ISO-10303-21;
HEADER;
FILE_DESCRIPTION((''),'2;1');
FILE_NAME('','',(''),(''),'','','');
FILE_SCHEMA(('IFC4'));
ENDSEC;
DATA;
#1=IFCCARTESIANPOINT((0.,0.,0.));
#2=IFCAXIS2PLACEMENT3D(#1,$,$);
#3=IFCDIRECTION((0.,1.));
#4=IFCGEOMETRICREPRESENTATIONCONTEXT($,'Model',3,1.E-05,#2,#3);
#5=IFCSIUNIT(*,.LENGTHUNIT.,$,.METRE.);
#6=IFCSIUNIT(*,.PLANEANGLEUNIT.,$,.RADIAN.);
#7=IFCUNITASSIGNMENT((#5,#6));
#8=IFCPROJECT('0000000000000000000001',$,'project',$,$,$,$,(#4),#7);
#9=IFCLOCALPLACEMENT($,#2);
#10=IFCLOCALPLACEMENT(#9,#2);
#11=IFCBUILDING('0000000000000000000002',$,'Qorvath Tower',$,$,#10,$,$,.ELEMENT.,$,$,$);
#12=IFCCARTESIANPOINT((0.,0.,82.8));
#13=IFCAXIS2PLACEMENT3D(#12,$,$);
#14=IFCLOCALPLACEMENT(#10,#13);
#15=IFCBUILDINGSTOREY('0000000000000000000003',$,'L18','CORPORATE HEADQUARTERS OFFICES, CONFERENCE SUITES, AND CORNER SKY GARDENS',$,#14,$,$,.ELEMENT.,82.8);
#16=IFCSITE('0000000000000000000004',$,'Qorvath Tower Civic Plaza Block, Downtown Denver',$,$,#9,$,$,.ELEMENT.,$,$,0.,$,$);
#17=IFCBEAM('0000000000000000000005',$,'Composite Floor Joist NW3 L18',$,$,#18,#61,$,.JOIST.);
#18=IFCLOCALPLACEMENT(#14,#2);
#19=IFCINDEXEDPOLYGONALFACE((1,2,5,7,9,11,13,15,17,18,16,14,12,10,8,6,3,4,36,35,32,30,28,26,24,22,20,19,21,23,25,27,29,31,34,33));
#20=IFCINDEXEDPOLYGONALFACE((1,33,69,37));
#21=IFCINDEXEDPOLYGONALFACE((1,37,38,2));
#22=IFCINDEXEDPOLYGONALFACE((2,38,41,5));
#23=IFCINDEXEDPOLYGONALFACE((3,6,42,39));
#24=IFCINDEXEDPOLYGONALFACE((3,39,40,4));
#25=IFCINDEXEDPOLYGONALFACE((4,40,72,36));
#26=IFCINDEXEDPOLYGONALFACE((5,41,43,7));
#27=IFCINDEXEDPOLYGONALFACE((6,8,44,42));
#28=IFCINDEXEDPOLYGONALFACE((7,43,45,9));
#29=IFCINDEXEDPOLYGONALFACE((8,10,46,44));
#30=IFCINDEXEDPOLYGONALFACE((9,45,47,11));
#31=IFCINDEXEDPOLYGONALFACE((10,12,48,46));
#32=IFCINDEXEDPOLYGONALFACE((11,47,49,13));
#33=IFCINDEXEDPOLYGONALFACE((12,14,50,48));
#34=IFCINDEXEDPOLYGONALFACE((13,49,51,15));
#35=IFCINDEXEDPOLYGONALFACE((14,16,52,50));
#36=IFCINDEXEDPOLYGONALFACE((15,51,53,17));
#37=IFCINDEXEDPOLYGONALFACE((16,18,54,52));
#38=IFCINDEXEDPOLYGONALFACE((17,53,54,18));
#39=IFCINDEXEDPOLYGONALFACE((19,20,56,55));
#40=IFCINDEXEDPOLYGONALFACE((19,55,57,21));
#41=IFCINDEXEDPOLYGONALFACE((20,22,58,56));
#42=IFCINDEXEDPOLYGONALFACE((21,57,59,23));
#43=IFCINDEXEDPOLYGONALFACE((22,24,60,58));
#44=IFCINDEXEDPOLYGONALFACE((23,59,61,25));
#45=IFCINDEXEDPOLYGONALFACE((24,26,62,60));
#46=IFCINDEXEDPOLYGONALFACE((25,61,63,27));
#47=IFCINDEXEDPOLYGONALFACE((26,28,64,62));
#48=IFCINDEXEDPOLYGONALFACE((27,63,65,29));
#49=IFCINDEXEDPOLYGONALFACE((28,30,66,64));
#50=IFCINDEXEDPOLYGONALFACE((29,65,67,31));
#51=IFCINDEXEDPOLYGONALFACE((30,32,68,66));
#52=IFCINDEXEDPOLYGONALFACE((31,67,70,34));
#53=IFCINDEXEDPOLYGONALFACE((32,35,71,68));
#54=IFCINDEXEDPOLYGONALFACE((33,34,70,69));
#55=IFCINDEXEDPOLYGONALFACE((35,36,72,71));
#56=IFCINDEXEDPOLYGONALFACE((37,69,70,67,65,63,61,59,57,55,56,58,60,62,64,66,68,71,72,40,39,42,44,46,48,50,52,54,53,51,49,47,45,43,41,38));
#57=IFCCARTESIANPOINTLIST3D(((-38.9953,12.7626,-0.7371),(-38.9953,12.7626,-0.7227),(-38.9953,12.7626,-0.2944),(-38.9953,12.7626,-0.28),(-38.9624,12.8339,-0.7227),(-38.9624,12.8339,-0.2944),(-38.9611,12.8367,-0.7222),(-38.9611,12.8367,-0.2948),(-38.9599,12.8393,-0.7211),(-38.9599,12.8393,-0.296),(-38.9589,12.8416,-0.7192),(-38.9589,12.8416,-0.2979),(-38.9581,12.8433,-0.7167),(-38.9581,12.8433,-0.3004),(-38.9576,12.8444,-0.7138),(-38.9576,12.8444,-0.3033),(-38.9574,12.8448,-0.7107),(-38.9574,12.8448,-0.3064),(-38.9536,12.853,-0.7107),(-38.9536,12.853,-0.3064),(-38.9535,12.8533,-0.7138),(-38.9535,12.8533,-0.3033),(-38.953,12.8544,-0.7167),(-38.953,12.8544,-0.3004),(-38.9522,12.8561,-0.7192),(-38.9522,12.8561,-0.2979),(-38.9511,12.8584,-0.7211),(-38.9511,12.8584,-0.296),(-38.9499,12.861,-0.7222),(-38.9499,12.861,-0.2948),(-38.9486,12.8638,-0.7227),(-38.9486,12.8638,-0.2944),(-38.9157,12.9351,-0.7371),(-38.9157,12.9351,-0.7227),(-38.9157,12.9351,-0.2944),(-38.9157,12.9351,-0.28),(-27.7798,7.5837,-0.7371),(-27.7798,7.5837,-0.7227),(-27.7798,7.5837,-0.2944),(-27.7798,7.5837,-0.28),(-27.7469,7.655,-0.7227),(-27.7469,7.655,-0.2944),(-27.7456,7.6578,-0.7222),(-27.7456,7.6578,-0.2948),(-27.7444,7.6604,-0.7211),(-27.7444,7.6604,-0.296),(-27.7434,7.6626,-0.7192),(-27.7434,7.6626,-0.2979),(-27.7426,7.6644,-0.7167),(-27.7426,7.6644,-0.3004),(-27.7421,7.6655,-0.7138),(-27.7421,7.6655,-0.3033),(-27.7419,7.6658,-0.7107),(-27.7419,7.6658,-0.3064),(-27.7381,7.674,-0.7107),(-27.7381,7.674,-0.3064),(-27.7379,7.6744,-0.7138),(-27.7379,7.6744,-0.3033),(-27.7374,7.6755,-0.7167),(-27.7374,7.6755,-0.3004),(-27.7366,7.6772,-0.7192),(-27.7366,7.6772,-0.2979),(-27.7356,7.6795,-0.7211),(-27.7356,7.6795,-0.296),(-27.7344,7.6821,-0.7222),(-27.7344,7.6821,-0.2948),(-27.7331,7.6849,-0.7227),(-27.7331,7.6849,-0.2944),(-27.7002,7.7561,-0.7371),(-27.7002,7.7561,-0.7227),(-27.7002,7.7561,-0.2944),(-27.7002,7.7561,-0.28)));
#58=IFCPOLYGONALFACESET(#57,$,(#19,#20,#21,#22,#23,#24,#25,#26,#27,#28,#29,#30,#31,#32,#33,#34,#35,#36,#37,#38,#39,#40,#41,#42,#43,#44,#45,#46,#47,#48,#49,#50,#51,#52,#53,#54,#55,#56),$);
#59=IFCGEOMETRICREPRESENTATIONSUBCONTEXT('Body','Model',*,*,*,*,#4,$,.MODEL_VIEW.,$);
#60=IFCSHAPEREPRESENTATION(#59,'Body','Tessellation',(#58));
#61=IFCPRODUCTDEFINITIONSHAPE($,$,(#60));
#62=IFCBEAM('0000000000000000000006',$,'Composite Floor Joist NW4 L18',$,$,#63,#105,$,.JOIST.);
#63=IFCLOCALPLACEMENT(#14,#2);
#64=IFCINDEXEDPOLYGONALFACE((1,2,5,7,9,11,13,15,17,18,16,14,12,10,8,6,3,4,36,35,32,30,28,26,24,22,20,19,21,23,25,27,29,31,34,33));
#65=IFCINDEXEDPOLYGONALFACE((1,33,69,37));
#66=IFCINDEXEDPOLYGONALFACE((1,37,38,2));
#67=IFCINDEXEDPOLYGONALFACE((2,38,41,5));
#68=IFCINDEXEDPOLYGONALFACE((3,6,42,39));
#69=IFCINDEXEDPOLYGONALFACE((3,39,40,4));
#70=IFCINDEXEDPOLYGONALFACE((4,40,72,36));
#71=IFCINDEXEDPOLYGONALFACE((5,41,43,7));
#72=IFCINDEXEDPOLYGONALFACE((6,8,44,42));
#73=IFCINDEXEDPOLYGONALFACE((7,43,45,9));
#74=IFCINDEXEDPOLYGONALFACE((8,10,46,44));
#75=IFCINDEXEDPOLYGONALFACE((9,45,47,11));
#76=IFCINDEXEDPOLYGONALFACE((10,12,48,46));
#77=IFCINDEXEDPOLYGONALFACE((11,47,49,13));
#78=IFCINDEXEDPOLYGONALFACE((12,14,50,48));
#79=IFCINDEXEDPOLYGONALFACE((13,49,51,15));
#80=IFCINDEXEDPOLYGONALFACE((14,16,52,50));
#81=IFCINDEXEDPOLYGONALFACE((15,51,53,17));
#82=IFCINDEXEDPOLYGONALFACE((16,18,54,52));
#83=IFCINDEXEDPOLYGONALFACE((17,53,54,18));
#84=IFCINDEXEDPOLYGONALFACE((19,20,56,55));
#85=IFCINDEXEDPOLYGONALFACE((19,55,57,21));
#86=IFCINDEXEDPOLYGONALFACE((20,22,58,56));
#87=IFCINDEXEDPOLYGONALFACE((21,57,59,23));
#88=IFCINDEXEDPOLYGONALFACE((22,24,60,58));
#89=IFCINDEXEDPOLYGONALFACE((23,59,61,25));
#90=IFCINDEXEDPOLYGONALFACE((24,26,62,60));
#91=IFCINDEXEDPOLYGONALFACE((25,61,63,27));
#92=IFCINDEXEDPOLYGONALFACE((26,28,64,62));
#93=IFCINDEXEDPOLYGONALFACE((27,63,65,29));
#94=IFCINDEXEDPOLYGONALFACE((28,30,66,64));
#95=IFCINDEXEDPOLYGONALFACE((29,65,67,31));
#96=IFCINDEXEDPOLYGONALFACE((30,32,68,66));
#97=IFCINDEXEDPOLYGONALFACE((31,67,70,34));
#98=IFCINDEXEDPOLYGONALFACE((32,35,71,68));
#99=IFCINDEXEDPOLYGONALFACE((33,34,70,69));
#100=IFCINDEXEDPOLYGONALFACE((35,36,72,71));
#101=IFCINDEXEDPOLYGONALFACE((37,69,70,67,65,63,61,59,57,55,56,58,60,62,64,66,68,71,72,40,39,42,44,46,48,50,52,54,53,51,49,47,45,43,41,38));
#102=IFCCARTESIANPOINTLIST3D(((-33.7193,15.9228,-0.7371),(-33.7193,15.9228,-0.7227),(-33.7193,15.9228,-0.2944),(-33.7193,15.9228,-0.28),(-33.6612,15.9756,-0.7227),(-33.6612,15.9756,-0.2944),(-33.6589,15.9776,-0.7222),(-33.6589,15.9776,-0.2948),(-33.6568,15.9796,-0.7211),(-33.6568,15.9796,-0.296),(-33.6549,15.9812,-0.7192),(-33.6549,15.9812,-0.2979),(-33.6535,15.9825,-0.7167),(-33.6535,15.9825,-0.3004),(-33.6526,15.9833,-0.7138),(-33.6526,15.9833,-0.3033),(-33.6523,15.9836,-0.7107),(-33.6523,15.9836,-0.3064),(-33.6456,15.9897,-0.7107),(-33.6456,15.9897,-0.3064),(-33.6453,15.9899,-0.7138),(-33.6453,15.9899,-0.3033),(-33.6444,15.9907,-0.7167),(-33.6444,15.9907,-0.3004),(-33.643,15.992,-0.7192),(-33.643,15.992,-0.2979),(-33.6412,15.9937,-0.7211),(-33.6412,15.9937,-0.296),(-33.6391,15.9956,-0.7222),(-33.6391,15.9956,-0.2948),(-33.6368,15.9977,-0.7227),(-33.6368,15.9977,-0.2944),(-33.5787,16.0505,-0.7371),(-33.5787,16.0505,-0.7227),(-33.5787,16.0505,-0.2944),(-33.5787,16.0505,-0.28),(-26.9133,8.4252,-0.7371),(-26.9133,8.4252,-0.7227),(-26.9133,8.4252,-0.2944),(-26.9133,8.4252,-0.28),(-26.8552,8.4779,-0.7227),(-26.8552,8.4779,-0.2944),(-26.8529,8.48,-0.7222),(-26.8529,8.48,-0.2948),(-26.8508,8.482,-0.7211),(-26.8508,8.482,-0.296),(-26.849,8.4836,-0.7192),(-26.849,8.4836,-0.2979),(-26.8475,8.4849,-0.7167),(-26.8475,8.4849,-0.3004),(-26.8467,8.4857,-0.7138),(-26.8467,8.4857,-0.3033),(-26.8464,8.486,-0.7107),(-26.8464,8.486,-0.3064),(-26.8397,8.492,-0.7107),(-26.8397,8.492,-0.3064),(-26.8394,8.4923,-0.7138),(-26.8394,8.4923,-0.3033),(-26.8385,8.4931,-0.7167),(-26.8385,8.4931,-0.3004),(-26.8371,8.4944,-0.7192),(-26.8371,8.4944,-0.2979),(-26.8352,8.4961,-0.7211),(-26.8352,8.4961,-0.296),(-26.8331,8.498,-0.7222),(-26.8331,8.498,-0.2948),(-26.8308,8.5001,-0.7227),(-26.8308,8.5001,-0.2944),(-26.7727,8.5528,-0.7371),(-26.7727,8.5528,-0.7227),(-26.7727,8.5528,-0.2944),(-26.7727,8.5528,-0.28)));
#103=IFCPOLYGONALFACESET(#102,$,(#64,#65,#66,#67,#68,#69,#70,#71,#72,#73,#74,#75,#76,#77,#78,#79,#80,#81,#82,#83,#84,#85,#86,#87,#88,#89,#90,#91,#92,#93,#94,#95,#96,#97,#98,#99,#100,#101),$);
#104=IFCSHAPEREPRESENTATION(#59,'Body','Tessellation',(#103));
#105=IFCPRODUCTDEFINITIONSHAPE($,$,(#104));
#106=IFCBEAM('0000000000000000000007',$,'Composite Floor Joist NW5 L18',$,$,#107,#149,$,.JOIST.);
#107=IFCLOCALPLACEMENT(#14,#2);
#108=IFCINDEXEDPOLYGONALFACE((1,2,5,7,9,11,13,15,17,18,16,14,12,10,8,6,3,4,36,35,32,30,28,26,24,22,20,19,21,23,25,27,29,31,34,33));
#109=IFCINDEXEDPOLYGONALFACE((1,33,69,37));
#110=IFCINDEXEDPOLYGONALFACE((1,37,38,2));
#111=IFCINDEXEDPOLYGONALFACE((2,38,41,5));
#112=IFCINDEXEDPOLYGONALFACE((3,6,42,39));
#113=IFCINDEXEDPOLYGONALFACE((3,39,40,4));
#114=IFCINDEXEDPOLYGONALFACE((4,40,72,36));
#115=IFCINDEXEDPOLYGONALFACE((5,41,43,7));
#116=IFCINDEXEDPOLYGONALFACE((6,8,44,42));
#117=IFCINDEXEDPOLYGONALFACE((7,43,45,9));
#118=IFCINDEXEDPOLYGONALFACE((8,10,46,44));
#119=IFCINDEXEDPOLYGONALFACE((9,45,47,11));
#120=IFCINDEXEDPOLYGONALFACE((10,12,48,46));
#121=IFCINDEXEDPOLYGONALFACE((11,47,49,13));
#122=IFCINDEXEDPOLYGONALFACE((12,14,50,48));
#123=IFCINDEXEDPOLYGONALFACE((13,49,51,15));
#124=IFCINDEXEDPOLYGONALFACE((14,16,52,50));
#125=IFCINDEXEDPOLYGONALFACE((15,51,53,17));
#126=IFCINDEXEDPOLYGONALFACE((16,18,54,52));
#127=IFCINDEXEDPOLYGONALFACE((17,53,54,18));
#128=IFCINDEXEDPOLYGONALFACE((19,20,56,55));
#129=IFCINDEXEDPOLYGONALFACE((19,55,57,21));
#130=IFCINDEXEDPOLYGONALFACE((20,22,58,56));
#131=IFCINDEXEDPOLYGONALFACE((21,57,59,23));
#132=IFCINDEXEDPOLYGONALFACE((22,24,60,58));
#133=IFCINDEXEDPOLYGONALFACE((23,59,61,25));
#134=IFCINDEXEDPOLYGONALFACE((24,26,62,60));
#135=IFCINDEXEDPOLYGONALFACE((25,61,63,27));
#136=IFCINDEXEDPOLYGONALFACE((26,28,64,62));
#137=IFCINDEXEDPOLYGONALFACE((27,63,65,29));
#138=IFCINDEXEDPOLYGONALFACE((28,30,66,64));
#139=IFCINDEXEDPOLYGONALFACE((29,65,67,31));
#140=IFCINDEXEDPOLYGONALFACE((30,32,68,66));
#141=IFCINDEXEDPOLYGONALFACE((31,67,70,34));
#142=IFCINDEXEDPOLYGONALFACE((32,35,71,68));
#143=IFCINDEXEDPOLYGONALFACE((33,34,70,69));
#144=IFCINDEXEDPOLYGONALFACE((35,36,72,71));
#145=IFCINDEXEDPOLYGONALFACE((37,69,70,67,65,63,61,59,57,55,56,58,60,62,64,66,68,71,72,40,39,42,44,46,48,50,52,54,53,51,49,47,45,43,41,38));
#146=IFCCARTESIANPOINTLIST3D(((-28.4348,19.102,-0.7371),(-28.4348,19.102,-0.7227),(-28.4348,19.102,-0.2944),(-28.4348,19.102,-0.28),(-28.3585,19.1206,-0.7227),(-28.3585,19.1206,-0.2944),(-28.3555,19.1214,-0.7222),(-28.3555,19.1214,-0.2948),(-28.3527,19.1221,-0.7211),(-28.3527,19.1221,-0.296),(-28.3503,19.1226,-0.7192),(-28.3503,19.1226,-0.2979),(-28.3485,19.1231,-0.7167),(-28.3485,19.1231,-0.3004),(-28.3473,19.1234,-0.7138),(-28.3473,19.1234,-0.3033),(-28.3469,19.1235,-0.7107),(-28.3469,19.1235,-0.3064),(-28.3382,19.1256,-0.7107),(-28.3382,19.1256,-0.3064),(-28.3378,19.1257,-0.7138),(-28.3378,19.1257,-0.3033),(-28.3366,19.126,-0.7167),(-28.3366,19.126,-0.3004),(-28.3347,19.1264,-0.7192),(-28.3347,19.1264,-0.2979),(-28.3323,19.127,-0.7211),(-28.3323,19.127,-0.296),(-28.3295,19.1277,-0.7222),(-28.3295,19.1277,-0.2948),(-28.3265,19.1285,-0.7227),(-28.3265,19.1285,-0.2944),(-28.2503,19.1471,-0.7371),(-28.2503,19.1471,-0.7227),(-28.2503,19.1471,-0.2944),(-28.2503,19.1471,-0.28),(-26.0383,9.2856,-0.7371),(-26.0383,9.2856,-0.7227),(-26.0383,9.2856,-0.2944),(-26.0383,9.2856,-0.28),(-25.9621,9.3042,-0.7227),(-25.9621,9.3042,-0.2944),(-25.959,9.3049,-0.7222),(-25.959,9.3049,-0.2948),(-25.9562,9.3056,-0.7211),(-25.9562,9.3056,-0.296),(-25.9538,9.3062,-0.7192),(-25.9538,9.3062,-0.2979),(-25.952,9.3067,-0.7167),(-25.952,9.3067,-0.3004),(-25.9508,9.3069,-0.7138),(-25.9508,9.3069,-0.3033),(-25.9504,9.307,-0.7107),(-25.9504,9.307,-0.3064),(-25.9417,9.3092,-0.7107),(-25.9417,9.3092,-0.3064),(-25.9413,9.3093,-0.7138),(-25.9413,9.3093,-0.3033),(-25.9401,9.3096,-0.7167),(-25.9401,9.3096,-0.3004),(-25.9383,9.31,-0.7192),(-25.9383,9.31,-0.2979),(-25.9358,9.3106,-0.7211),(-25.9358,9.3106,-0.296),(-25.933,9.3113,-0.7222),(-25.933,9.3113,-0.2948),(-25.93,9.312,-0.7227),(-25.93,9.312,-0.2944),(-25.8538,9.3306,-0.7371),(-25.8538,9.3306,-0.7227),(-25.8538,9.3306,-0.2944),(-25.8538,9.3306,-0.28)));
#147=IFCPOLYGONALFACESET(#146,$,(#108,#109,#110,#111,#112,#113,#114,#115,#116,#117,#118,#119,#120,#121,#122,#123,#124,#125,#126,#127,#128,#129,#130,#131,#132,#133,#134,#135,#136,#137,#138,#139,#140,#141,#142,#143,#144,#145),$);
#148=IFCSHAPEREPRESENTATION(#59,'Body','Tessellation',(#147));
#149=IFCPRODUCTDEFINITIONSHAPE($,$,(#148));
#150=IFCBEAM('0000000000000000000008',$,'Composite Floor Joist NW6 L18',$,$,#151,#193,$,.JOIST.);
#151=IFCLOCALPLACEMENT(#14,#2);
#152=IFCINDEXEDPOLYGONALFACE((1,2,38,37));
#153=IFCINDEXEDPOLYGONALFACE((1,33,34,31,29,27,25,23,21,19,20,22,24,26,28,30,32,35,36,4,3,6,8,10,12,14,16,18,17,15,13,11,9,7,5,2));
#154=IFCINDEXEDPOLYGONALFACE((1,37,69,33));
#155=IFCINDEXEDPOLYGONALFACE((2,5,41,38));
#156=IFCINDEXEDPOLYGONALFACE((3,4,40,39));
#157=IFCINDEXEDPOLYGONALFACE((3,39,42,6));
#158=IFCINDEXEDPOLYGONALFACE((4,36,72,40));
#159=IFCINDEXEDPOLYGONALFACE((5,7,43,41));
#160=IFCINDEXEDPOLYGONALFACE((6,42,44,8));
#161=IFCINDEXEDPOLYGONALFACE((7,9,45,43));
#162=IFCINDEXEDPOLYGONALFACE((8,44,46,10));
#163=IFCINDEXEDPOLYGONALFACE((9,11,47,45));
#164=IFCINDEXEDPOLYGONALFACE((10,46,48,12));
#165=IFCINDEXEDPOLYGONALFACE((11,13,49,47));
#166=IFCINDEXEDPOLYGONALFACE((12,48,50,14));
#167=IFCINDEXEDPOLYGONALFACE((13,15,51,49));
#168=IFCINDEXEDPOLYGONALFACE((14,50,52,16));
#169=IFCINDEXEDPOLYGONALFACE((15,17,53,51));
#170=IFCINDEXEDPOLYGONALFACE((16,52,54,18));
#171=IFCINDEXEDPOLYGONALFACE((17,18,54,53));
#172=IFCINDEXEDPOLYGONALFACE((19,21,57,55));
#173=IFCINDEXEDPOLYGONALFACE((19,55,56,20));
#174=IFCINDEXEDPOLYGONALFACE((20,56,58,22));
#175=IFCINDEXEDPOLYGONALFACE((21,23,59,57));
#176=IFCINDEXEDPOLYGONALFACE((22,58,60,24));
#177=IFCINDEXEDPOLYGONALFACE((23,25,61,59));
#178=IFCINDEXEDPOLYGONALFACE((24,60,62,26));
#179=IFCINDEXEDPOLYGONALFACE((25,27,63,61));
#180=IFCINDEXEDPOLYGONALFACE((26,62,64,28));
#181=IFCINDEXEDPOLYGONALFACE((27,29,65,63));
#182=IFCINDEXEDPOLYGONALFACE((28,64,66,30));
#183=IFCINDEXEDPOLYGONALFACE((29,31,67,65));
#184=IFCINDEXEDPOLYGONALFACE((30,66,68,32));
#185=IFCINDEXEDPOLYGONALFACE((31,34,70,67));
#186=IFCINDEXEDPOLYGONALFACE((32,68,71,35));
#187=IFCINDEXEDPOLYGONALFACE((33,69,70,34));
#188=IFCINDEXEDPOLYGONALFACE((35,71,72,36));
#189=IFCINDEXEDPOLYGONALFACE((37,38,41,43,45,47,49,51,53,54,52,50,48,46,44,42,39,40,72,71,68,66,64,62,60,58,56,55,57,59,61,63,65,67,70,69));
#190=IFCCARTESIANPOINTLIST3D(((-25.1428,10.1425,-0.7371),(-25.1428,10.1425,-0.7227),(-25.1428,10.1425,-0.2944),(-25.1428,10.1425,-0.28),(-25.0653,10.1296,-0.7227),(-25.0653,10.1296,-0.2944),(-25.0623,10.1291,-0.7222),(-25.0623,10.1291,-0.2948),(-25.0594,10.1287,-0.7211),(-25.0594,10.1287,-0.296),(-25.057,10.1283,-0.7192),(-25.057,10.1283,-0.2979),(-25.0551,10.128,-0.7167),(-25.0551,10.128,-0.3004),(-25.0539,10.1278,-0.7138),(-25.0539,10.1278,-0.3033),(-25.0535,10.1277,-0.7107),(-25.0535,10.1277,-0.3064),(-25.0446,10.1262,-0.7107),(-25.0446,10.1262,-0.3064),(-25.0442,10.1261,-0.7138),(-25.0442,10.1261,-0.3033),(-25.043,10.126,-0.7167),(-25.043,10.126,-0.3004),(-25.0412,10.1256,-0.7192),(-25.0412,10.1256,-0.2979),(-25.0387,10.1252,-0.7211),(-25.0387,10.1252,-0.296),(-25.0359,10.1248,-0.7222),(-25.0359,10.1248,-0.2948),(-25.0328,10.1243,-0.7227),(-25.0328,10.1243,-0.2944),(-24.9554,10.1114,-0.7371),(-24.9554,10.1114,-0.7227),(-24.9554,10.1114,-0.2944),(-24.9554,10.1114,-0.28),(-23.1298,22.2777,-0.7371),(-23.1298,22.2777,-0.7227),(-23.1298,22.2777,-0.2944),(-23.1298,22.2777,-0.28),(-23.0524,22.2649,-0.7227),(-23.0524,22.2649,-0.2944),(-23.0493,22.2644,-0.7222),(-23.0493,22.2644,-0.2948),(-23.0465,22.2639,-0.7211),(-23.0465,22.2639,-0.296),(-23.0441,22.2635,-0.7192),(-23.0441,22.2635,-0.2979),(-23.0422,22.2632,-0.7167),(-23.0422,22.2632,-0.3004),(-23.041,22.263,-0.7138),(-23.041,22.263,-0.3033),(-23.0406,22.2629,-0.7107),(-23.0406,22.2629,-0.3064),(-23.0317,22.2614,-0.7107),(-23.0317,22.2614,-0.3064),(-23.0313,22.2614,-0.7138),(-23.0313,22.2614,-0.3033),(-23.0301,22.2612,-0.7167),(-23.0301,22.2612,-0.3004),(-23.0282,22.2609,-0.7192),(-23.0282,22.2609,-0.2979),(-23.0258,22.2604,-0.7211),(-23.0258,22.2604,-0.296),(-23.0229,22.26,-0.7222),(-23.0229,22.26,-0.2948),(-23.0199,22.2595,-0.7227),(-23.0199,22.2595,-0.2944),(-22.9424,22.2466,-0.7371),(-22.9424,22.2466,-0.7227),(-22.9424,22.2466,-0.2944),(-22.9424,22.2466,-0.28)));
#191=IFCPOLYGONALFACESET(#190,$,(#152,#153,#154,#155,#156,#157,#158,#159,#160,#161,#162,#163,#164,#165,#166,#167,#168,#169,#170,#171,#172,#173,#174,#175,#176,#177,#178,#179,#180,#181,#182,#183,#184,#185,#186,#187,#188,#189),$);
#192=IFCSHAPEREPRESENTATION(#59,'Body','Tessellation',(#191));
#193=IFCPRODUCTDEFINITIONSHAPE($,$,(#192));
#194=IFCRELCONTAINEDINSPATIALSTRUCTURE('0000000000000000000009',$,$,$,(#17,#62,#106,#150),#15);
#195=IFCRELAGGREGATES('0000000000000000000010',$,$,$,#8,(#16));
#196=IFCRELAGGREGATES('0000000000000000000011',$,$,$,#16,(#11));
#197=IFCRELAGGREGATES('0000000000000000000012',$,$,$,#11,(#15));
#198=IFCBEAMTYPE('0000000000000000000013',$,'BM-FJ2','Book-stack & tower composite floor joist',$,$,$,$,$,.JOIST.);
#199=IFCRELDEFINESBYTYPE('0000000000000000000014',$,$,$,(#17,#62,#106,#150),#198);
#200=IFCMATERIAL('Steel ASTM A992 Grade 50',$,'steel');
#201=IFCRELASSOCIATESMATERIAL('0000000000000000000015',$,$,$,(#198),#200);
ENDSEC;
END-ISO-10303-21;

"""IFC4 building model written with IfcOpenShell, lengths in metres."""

from ifc_helpers import new_model, si_unit, direction, frame, origin, origin_2d, place, context, subcontext, project, spatial, i_section, extrude, material, material_profile, profile_set, type_object, element, save


model = new_model("IFC4")

# Units and contexts
model_context = context("Model", 3, precision=1e-05, world=origin(), true_north=direction((0.0, 1.0)))
body_context = subcontext(model_context, "Body", "Model", "MODEL_VIEW")
ifc_project = project(units=[si_unit("LENGTHUNIT", "METRE"), si_unit("PLANEANGLEUNIT", "RADIAN")], contexts=[model_context])

# Site, building, storey
site_placement = place(None, origin())
site = spatial("IfcSite", under=ifc_project, at=site_placement, Name="Qorvath Tower Civic Plaza Block, Downtown Denver", CompositionType="ELEMENT", RefElevation=0.0)
building_placement = place(site_placement, origin())
building = spatial("IfcBuilding", under=site, at=building_placement, Name="Qorvath Tower", CompositionType="ELEMENT")
storey_placement = place(building_placement, frame((0.0, 0.0, 82.8)))
storey = spatial("IfcBuildingStorey", under=building, at=storey_placement, Name="L18", Description="CORPORATE HEADQUARTERS OFFICES, CONFERENCE SUITES, AND CORNER SKY GARDENS", CompositionType="ELEMENT", Elevation=82.8)

# Beams
ifc_material_1 = material(Name="Steel ASTM A992 Grade 50", Category="steel")
ifc_material_profile_1 = material_profile(ifc_material_1, i_section(OverallWidth=0.1899, OverallDepth=0.457, WebThickness=0.009, FlangeThickness=0.0144, FilletRadius=0.012, at=origin_2d()), Name="W18x50")
ifc_profile_set_1 = profile_set([ifc_material_profile_1], Name="Steel ASTM A992 Grade 50")
beam_type_1 = type_object("IfcBeamType", Name="BM-FJ2", Description="Book-stack & tower composite floor joist", PredefinedType="JOIST", material=ifc_profile_set_1)
beam_1_placement = place(storey_placement, frame((-27.74, 7.6699, -0.5085), z_axis=(-0.907881, 0.419227, 0.0), x_axis=(-0.419227, -0.907881, 0.0)))
element("IfcBeam", 1, at=beam_1_placement, inside=storey, type_object=beam_type_1, Name="Composite Floor Joist NW3 L18", PredefinedType="JOIST", context=body_context, shape_type="SweptSolid", body=[
    extrude(i_section(OverallWidth=0.1899, OverallDepth=0.457, WebThickness=0.009, FlangeThickness=0.0144, FilletRadius=0.012, at=origin_2d()), origin(), (0.0, 0.0, 1.0), 12.3535),
])
beam_2_placement = place(storey_placement, frame((-26.843, 8.489, -0.5085), z_axis=(-0.672129, 0.740434, 0.0), x_axis=(-0.740434, -0.672129, 0.0)))
element("IfcBeam", 2, at=beam_2_placement, inside=storey, type_object=beam_type_1, Name="Composite Floor Joist NW4 L18", PredefinedType="JOIST", context=body_context, shape_type="SweptSolid", body=[
    extrude(i_section(OverallWidth=0.1899, OverallDepth=0.457, WebThickness=0.009, FlangeThickness=0.0144, FilletRadius=0.012, at=origin_2d()), origin(), (0.0, 0.0, 1.0), 10.126),
])
beam_3_placement = place(storey_placement, frame((-25.946, 9.3081, -0.5085), z_axis=(-0.237165, 0.971469, 0.0), x_axis=(-0.971469, -0.237165, 0.0)))
element("IfcBeam", 3, at=beam_3_placement, inside=storey, type_object=beam_type_1, Name="Composite Floor Joist NW5 L18", PredefinedType="JOIST", context=body_context, shape_type="SweptSolid", body=[
    extrude(i_section(OverallWidth=0.1899, OverallDepth=0.457, WebThickness=0.009, FlangeThickness=0.0144, FilletRadius=0.012, at=origin_2d()), origin(), (0.0, 0.0, 1.0), 10.1047),
])
beam_4_placement = place(storey_placement, frame((-25.0491, 10.127, -0.5085), z_axis=(0.163639, 0.98652, 0.0), x_axis=(-0.98652, 0.163639, 0.0)))
element("IfcBeam", 4, at=beam_4_placement, inside=storey, type_object=beam_type_1, Name="Composite Floor Joist NW6 L18", PredefinedType="JOIST", context=body_context, shape_type="SweptSolid", body=[
    extrude(i_section(OverallWidth=0.1899, OverallDepth=0.457, WebThickness=0.009, FlangeThickness=0.0144, FilletRadius=0.012, at=origin_2d()), origin(), (0.0, 0.0, 1.0), 12.301),
])

save(model, "model.ifc")
